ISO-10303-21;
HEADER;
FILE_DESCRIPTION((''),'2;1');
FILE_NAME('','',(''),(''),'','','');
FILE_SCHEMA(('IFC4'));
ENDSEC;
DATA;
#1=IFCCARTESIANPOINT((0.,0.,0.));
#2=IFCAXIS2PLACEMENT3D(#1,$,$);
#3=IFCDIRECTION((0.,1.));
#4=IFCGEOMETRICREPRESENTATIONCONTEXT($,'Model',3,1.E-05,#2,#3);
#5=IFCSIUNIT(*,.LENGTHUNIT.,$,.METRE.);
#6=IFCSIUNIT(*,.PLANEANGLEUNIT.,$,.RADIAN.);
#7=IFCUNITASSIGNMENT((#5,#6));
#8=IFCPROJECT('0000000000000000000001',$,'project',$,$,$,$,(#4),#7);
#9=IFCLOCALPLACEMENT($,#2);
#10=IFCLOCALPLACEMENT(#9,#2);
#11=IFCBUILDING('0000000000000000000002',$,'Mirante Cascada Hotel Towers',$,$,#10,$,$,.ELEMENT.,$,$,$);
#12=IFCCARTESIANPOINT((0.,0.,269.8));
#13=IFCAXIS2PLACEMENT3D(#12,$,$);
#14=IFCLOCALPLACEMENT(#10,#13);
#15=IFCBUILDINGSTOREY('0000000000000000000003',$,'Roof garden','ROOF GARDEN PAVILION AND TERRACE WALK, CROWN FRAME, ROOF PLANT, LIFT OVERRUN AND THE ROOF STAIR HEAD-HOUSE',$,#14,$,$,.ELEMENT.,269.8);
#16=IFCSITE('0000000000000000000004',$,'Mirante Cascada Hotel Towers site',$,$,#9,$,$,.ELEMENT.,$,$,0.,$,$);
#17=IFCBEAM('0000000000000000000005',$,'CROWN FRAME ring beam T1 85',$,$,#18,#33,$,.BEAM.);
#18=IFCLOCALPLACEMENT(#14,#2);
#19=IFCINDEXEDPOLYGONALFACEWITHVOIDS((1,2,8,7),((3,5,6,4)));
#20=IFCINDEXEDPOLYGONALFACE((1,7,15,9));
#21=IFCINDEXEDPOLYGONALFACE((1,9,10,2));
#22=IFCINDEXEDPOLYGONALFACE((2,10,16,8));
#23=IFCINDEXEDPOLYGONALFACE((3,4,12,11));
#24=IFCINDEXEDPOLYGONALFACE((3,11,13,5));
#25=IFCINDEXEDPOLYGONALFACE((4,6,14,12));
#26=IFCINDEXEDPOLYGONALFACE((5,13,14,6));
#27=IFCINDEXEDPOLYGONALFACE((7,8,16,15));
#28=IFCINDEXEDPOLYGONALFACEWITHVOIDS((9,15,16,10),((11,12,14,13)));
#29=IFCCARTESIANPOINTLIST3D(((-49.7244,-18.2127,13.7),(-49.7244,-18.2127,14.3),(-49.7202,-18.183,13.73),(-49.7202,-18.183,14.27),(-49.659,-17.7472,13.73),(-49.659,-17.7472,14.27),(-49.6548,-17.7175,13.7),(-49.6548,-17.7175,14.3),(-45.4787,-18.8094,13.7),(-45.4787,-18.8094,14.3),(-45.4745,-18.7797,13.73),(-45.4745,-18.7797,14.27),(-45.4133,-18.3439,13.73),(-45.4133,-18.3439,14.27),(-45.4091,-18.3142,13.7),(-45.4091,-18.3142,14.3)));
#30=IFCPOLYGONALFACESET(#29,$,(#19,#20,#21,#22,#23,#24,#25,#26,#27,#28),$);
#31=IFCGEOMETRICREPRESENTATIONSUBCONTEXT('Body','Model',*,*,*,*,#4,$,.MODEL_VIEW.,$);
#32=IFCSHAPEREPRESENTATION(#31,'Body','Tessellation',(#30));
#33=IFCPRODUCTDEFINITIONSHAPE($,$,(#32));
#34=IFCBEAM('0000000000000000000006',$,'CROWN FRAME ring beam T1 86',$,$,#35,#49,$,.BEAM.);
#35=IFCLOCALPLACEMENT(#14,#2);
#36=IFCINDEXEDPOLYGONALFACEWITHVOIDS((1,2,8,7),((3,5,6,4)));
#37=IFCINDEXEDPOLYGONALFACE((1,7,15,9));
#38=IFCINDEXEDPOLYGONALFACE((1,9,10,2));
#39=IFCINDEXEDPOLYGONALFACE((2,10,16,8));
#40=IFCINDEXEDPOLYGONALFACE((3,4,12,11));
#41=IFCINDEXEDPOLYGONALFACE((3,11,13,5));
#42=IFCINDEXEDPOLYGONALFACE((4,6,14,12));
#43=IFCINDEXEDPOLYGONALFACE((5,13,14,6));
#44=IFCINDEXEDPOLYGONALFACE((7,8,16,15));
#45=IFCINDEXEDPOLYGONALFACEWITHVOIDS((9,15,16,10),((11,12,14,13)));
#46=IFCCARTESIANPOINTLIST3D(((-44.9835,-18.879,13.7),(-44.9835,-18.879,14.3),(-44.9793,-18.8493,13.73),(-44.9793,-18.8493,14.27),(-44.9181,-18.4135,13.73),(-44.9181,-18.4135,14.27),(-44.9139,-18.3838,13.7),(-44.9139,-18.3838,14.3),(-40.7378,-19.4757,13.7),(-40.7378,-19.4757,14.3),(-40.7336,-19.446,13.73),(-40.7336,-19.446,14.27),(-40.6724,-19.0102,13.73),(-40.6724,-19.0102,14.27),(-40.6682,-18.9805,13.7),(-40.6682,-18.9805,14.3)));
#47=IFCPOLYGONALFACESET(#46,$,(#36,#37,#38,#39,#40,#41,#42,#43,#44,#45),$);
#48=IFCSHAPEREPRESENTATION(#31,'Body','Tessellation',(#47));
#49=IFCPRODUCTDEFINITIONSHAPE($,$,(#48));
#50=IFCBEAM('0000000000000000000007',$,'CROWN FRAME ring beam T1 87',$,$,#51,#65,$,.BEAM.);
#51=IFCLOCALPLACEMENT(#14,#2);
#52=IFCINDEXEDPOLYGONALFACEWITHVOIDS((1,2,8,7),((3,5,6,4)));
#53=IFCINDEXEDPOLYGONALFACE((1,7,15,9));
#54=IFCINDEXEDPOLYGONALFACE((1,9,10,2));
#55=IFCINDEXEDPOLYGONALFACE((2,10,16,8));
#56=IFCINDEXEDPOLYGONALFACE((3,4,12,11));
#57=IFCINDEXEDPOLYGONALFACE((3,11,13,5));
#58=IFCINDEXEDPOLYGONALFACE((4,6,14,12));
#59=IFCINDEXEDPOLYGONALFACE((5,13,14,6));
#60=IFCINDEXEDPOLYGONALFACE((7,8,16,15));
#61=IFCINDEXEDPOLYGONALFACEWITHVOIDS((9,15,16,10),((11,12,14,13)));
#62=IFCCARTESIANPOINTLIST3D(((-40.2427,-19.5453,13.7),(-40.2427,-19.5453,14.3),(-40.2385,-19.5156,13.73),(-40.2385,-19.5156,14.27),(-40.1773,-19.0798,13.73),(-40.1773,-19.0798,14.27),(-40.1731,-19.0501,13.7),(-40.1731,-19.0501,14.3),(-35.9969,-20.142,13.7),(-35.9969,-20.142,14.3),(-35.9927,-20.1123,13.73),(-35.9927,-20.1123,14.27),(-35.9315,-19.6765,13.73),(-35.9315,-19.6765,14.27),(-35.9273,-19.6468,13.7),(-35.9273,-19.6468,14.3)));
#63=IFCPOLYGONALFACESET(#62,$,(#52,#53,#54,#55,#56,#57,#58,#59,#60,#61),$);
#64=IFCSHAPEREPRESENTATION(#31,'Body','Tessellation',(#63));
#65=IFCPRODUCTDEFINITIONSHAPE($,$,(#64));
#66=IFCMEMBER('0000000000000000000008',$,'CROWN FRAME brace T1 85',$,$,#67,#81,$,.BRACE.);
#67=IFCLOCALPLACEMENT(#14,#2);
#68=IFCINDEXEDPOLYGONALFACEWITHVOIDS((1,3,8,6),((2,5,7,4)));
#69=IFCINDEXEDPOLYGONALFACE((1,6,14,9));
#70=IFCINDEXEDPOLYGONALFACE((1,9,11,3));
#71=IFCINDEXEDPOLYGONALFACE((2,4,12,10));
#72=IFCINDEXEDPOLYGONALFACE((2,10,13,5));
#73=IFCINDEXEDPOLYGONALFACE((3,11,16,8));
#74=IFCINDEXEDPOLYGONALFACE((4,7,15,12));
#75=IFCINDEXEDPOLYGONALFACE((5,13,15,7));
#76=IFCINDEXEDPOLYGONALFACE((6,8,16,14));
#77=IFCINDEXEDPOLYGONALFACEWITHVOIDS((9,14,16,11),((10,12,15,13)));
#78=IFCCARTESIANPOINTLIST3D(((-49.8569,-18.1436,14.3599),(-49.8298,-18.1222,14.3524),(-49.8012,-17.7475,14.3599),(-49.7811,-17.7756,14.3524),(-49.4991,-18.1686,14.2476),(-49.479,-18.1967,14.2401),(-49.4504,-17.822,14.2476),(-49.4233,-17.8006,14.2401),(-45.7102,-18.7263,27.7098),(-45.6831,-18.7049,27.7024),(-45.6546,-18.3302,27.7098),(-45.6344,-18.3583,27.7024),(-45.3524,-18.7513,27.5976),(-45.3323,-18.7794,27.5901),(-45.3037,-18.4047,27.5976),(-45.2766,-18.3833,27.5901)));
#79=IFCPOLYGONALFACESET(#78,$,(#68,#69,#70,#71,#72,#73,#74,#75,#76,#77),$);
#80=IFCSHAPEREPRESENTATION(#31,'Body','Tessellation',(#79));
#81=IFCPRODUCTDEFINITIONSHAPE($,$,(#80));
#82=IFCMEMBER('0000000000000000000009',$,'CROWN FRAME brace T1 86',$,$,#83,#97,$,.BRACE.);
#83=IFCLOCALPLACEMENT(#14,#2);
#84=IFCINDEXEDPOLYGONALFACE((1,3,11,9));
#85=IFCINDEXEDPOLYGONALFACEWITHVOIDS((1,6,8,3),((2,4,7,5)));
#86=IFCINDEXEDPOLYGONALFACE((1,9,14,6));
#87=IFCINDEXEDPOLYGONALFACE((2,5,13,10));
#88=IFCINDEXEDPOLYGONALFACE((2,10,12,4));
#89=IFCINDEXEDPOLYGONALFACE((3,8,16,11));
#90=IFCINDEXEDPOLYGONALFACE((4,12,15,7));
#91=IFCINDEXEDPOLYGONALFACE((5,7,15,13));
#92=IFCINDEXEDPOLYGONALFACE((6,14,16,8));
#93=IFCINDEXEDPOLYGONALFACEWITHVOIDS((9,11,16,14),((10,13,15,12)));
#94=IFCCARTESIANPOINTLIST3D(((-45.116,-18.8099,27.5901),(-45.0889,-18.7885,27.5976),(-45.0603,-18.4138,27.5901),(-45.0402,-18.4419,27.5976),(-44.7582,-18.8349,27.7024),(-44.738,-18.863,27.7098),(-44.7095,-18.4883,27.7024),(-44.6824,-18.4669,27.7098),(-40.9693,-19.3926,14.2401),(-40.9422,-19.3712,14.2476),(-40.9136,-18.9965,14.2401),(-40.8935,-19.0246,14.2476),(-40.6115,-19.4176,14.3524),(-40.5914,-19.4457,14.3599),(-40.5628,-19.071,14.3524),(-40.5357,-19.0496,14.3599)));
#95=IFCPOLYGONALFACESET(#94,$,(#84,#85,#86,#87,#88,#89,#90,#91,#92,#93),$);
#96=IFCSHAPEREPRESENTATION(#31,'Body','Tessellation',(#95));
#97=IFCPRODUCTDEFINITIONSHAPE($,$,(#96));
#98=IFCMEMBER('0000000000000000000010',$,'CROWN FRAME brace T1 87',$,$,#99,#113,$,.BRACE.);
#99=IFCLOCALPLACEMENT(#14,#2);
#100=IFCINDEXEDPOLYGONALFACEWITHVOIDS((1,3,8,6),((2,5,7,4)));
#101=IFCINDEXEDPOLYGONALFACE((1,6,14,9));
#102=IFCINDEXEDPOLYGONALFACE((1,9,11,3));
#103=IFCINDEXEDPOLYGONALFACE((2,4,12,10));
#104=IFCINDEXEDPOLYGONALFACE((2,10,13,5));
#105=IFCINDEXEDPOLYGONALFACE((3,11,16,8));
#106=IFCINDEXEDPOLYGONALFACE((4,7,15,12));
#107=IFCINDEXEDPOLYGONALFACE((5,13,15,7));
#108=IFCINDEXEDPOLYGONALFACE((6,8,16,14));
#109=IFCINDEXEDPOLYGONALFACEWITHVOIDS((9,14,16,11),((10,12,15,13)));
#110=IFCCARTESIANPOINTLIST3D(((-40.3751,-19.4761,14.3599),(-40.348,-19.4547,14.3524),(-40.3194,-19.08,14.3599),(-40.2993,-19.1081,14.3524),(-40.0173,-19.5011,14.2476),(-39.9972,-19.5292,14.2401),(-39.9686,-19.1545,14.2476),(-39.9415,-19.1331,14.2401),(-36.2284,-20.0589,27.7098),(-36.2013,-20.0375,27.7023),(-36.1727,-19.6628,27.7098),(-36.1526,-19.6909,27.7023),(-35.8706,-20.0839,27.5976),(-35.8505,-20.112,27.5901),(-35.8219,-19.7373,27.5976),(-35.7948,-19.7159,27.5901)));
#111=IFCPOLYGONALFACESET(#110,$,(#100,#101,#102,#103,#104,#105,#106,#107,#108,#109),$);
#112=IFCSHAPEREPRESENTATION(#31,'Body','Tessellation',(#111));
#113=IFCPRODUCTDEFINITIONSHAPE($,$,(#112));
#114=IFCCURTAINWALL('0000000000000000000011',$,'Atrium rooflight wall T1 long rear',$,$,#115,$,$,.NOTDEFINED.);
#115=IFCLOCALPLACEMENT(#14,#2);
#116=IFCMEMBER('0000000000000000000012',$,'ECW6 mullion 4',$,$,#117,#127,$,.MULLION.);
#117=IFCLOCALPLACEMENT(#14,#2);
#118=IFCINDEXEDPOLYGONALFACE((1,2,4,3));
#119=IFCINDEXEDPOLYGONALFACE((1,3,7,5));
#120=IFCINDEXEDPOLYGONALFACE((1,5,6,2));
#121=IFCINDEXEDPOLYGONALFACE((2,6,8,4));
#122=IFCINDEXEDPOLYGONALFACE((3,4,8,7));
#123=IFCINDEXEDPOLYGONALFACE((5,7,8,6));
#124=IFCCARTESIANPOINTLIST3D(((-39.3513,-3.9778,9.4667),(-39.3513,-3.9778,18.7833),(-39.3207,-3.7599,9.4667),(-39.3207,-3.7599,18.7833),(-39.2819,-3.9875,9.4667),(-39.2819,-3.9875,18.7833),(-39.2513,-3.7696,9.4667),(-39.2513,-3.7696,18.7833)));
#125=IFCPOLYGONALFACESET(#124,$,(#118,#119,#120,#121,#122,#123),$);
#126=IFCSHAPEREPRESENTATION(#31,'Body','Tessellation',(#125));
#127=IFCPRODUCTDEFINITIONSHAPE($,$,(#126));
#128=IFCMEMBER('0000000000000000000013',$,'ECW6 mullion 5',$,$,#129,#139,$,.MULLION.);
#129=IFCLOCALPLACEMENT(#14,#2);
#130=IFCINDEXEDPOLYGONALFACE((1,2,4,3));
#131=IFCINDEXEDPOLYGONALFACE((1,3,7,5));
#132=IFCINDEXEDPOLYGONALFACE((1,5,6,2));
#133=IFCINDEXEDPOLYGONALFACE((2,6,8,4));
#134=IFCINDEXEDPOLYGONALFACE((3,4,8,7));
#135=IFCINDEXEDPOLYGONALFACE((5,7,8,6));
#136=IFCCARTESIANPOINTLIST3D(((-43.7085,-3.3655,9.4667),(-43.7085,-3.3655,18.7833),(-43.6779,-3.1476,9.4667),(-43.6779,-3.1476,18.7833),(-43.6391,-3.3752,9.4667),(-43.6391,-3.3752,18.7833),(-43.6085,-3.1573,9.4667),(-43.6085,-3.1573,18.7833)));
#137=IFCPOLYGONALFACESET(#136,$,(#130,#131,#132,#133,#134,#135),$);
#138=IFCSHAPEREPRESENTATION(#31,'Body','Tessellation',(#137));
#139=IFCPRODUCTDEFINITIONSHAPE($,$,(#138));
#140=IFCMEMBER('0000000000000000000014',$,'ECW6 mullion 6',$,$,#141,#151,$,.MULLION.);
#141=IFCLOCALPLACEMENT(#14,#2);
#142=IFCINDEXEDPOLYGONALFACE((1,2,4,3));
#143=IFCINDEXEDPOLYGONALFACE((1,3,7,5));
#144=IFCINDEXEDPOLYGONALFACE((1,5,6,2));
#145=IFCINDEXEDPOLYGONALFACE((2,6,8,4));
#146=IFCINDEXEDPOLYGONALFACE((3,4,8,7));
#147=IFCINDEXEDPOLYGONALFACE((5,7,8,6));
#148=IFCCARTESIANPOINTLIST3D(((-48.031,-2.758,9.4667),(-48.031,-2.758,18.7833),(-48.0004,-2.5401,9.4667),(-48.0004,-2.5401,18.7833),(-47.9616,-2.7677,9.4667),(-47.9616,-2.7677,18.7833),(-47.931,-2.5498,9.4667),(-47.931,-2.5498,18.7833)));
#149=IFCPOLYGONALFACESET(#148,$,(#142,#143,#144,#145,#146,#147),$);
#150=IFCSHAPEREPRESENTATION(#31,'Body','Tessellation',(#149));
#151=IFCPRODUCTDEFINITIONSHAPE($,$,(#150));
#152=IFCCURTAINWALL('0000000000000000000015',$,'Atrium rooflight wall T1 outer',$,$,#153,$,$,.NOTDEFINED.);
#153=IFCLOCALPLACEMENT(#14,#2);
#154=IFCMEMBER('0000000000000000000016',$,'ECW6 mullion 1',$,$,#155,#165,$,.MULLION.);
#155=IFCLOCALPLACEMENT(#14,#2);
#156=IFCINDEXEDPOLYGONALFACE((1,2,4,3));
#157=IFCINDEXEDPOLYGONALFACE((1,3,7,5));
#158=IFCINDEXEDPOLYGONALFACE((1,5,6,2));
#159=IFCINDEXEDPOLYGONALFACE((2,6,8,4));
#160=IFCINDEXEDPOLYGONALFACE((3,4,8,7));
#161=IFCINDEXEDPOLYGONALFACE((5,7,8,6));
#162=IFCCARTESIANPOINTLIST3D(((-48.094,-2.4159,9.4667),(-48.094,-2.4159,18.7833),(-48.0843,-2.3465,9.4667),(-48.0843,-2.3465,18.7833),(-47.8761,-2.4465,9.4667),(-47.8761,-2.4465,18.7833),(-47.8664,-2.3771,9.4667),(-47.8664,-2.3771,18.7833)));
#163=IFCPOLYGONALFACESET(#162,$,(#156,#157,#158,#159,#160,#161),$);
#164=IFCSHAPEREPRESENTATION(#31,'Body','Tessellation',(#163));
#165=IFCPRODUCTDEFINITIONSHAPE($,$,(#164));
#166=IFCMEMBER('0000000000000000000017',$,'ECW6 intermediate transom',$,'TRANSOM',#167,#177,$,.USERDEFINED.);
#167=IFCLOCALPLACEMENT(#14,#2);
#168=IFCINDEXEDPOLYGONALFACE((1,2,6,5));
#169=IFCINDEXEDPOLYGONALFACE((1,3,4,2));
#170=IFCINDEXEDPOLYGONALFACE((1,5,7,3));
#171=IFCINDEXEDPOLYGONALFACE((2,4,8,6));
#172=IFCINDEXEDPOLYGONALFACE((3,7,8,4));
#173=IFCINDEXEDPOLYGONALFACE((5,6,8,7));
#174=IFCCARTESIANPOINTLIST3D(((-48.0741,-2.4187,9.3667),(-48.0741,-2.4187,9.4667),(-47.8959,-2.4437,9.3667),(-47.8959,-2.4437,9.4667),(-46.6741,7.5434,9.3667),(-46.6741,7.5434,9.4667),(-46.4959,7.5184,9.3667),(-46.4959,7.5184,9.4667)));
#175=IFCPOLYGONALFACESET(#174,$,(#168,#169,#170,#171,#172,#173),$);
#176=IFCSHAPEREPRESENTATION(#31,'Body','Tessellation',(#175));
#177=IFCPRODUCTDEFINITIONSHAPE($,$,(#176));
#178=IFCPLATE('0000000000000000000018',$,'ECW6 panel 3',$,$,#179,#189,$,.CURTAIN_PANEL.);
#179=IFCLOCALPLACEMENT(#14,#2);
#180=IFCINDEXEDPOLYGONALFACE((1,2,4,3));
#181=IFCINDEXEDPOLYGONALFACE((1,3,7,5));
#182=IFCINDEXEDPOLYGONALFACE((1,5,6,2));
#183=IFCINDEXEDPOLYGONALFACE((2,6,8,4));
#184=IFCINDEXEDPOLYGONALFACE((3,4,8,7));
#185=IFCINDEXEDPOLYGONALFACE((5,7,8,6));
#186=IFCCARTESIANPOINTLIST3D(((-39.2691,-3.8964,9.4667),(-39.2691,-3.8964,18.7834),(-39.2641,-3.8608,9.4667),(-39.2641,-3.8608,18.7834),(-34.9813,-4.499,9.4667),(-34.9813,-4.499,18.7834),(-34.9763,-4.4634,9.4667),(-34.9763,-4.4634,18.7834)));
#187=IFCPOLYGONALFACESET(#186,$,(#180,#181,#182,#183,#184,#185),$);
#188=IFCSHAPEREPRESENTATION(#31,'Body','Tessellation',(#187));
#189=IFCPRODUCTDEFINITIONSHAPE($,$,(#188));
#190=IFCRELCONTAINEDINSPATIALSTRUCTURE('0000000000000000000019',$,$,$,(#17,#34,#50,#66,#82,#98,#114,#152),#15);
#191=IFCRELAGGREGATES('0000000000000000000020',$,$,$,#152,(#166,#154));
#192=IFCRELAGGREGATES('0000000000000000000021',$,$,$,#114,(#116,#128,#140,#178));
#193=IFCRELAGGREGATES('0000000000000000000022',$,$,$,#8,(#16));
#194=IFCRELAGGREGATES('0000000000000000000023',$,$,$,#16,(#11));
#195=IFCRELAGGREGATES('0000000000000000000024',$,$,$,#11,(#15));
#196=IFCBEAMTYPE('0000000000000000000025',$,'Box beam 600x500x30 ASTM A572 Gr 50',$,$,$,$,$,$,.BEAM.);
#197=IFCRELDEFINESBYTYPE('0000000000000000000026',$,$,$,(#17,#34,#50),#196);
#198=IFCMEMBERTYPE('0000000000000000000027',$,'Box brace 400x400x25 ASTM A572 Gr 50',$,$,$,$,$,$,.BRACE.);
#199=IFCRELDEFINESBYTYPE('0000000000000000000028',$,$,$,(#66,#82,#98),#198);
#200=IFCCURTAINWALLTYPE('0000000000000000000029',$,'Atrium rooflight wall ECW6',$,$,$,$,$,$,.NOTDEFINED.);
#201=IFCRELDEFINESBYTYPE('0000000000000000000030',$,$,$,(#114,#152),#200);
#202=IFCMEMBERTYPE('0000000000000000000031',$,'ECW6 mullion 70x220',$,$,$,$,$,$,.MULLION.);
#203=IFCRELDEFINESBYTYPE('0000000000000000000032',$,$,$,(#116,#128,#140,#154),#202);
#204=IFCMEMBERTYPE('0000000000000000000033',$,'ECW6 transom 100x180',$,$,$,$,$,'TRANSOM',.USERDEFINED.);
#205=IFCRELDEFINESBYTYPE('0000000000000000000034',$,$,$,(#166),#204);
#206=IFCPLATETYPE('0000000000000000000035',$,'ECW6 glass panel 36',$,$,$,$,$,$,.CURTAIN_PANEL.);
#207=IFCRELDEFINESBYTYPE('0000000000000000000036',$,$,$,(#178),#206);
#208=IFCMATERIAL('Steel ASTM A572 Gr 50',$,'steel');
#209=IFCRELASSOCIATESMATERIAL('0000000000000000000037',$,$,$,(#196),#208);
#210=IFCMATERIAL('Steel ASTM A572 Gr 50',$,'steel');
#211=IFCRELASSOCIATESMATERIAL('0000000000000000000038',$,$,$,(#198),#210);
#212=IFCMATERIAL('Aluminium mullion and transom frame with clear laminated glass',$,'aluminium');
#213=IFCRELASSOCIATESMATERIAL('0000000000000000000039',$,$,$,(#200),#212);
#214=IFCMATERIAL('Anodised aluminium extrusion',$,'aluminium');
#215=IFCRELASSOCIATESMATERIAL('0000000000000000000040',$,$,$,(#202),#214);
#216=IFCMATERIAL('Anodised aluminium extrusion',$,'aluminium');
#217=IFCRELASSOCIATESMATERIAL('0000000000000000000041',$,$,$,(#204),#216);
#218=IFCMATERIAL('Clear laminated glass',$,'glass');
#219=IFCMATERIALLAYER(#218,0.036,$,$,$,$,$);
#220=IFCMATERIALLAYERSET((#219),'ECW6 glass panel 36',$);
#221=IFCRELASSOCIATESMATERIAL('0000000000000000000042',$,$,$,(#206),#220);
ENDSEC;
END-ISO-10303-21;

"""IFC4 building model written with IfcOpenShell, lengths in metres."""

from ifc_helpers import new_model, si_unit, direction, frame, origin, origin_2d, place, context, subcontext, project, spatial, rectangle, hollow_rectangle, extrude, material, layer, layer_set, material_profile, profile_set, type_object, element, aggregate, save


model = new_model("IFC4")

# Units and contexts
model_context = context("Model", 3, precision=1e-05, world=origin(), true_north=direction((0.0, 1.0)))
body_context = subcontext(model_context, "Body", "Model", "MODEL_VIEW")
ifc_project = project(units=[si_unit("LENGTHUNIT", "METRE"), si_unit("PLANEANGLEUNIT", "RADIAN")], contexts=[model_context])

# Site, building, storey
site_placement = place(None, origin())
site = spatial("IfcSite", under=ifc_project, at=site_placement, Name="Mirante Cascada Hotel Towers site", CompositionType="ELEMENT", RefElevation=0.0)
building_placement = place(site_placement, origin())
building = spatial("IfcBuilding", under=site, at=building_placement, Name="Mirante Cascada Hotel Towers", CompositionType="ELEMENT")
storey_placement = place(building_placement, frame((0.0, 0.0, 269.8)))
storey = spatial("IfcBuildingStorey", under=building, at=storey_placement, Name="Roof garden", Description="ROOF GARDEN PAVILION AND TERRACE WALK, CROWN FRAME, ROOF PLANT, LIFT OVERRUN AND THE ROOF STAIR HEAD-HOUSE", CompositionType="ELEMENT", Elevation=269.8)

# Beams
ifc_material_1 = material(Name="Steel ASTM A572 Gr 50", Category="steel")
ifc_material_profile_1 = material_profile(ifc_material_1, hollow_rectangle(XDim=0.5, YDim=0.6, WallThickness=0.03, at=origin_2d()), Name="Box beam 600x500x30 ASTM A572 Gr 50")
ifc_profile_set_1 = profile_set([ifc_material_profile_1], Name="Steel ASTM A572 Gr 50")
beam_type = type_object("IfcBeamType", Name="Box beam 600x500x30 ASTM A572 Gr 50", PredefinedType="BEAM", material=ifc_profile_set_1)
for number, where, z_axis, x_axis, name in (
    (1, (-49.6896, -17.9651, 14.0), (0.990268, -0.139174, 0.0), (0.139174, 0.990268, 0.0), "CROWN FRAME ring beam T1 85"),
    (2, (-44.9487, -18.6314, 14.0), (0.990268, -0.139174, 0.0), (0.139174, 0.990268, 0.0), "CROWN FRAME ring beam T1 86"),
):
    element("IfcBeam", number, at=place(storey_placement, frame(where, z_axis=z_axis, x_axis=x_axis)), inside=storey, type_object=beam_type, Name=name, PredefinedType="BEAM", context=body_context, shape_type="SweptSolid", body=[
        extrude(hollow_rectangle(XDim=0.5, YDim=0.6, WallThickness=0.03, at=origin_2d()), origin(), (0.0, 0.0, 1.0), 4.2874),
    ])
beam_placement = place(storey_placement, frame((-40.2079, -19.2977, 14.0), z_axis=(0.990268, -0.139171, 0.0), x_axis=(0.139171, 0.990268, 0.0)))
element("IfcBeam", 3, at=beam_placement, inside=storey, type_object=beam_type, Name="CROWN FRAME ring beam T1 87", PredefinedType="BEAM", context=body_context, shape_type="SweptSolid", body=[
    extrude(hollow_rectangle(XDim=0.5, YDim=0.6, WallThickness=0.03, at=origin_2d()), origin(), (0.0, 0.0, 1.0), 4.2875),
])

# Members
ifc_material_2 = material(Name="Steel ASTM A572 Gr 50", Category="steel")
ifc_material_profile_2 = material_profile(ifc_material_2, hollow_rectangle(XDim=0.4, YDim=0.4, WallThickness=0.025, at=origin_2d()), Name="Box brace 400x400x25 ASTM A572 Gr 50")
ifc_profile_set_2 = profile_set([ifc_material_profile_2], Name="Steel ASTM A572 Gr 50")
member_type_1 = type_object("IfcMemberType", Name="Box brace 400x400x25 ASTM A572 Gr 50", PredefinedType="BRACE", material=ifc_profile_set_2)
for number, where, z_axis, x_axis, name in (
    (4, (-49.6401, -17.9721, 14.3), (0.296376, -0.041647, 0.954163), (0.139154, 0.990271, 0.0), "CROWN FRAME brace T1 85"),
    (5, (-40.7525, -19.2211, 14.3), (-0.296376, 0.041647, 0.954163), (-0.139154, -0.990271, 0.0), "CROWN FRAME brace T1 86"),
    (6, (-40.1583, -19.3046, 14.3), (0.296376, -0.041654, 0.954162), (0.139178, 0.990267, 0.0), "CROWN FRAME brace T1 87"),
):
    element("IfcMember", number, at=place(storey_placement, frame(where, z_axis=z_axis, x_axis=x_axis)), inside=storey, type_object=member_type_1, Name=name, PredefinedType="BRACE", context=body_context, shape_type="SweptSolid", body=[
        extrude(hollow_rectangle(XDim=0.4, YDim=0.4, WallThickness=0.025, at=origin_2d()), origin(), (0.0, 0.0, 1.0), 13.9913),
    ])

# Curtain walls, members
ifc_material_3 = material(Name="Aluminium mullion and transom frame with clear laminated glass", Category="aluminium")
curtain_wall_type = type_object("IfcCurtainWallType", Name="Atrium rooflight wall ECW6", PredefinedType="NOTDEFINED", material=ifc_material_3)
curtain_wall_1_placement = place(storey_placement, origin())
curtain_wall_1 = element("IfcCurtainWall", 7, at=curtain_wall_1_placement, inside=storey, type_object=curtain_wall_type, Name="Atrium rooflight wall T1 long rear", PredefinedType="NOTDEFINED")
ifc_material_4 = material(Name="Anodised aluminium extrusion", Category="aluminium")
ifc_material_profile_3 = material_profile(ifc_material_4, rectangle(XDim=0.22, YDim=0.07, at=origin_2d()), Name="ECW6 MULLION 70x220")
ifc_profile_set_3 = profile_set([ifc_material_profile_3], Name="Anodised aluminium extrusion")
member_type_2 = type_object("IfcMemberType", Name="ECW6 mullion 70x220", PredefinedType="MULLION", material=ifc_profile_set_3)
member_1_placement = place(storey_placement, frame((-39.3013, -3.8737, 9.4667), z_axis=(0.0, 0.0, 1.0), x_axis=(-0.139173, -0.990268, 0.0)))
member_1 = element("IfcMember", 8, at=member_1_placement, type_object=member_type_2, Name="ECW6 mullion 4", PredefinedType="MULLION", context=body_context, shape_type="SweptSolid", body=[
    extrude(rectangle(XDim=0.22, YDim=0.07, at=origin_2d()), origin(), (0.0, 0.0, 1.0), 9.3166),
])
member_2_placement = place(storey_placement, frame((-43.6585, -3.2614, 9.4667), z_axis=(0.0, 0.0, 1.0), x_axis=(-0.139173, -0.990268, 0.0)))
member_2 = element("IfcMember", 9, at=member_2_placement, type_object=member_type_2, Name="ECW6 mullion 5", PredefinedType="MULLION", context=body_context, shape_type="SweptSolid", body=[
    extrude(rectangle(XDim=0.22, YDim=0.07, at=origin_2d()), origin(), (0.0, 0.0, 1.0), 9.3166),
])
member_3_placement = place(storey_placement, frame((-47.981, -2.6539, 9.4667), z_axis=(0.0, 0.0, 1.0), x_axis=(-0.139173, -0.990268, 0.0)))
member_3 = element("IfcMember", 10, at=member_3_placement, type_object=member_type_2, Name="ECW6 mullion 6", PredefinedType="MULLION", context=body_context, shape_type="SweptSolid", body=[
    extrude(rectangle(XDim=0.22, YDim=0.07, at=origin_2d()), origin(), (0.0, 0.0, 1.0), 9.3166),
])
curtain_wall_2_placement = place(storey_placement, origin())
curtain_wall_2 = element("IfcCurtainWall", 11, at=curtain_wall_2_placement, inside=storey, type_object=curtain_wall_type, Name="Atrium rooflight wall T1 outer", PredefinedType="NOTDEFINED")
member_4_placement = place(storey_placement, frame((-47.9802, -2.3965, 9.4667), z_axis=(0.0, 0.0, 1.0), x_axis=(-0.990268, 0.139173, 0.0)))
member_4 = element("IfcMember", 12, at=member_4_placement, type_object=member_type_2, Name="ECW6 mullion 1", PredefinedType="MULLION", context=body_context, shape_type="SweptSolid", body=[
    extrude(rectangle(XDim=0.22, YDim=0.07, at=origin_2d()), origin(), (0.0, 0.0, 1.0), 9.3166),
])
ifc_material_5 = material(Name="Anodised aluminium extrusion", Category="aluminium")
ifc_material_profile_4 = material_profile(ifc_material_5, rectangle(XDim=0.18, YDim=0.1, at=origin_2d()), Name="ECW6 TRANSOM 100x180")
ifc_profile_set_4 = profile_set([ifc_material_profile_4], Name="Anodised aluminium extrusion")
member_type_3 = type_object("IfcMemberType", Name="ECW6 transom 100x180", ElementType="TRANSOM", PredefinedType="USERDEFINED", material=ifc_profile_set_4)
member_5_placement = place(storey_placement, frame((-47.985, -2.4312, 9.4167), z_axis=(0.139165, 0.990269, 0.0), x_axis=(-0.990269, 0.139165, 0.0)))
member_5 = element("IfcMember", 13, at=member_5_placement, type_object=member_type_3, Name="ECW6 intermediate transom", ObjectType="TRANSOM", PredefinedType="USERDEFINED", context=body_context, shape_type="SweptSolid", body=[
    extrude(rectangle(XDim=0.18, YDim=0.1, at=origin_2d()), origin(), (0.0, 0.0, 1.0), 10.06),
])
aggregate(curtain_wall_2, [member_5, member_4])

# Plate
ifc_material_6 = material(Name="Clear laminated glass", Category="glass")
ifc_layer_1 = layer(ifc_material_6, 0.036)
ifc_layer_set_1 = layer_set([ifc_layer_1], Name="ECW6 glass panel 36")
plate_type = type_object("IfcPlateType", Name="ECW6 glass panel 36", PredefinedType="CURTAIN_PANEL", material=ifc_layer_set_1)
plate_1_placement = place(storey_placement, frame((-37.1227, -4.1799, 9.4667), z_axis=(0.0, 0.0, 1.0), x_axis=(-0.990268, 0.139173, 0.0)))
plate_1 = element("IfcPlate", 14, at=plate_1_placement, type_object=plate_type, Name="ECW6 panel 3", PredefinedType="CURTAIN_PANEL", context=body_context, shape_type="SweptSolid", body=[
    extrude(rectangle(XDim=4.33, YDim=0.036, at=origin_2d()), origin(), (0.0, 0.0, 1.0), 9.3167),
])
aggregate(curtain_wall_1, [member_1, member_2, member_3, plate_1])

save(model, "model.ifc")
